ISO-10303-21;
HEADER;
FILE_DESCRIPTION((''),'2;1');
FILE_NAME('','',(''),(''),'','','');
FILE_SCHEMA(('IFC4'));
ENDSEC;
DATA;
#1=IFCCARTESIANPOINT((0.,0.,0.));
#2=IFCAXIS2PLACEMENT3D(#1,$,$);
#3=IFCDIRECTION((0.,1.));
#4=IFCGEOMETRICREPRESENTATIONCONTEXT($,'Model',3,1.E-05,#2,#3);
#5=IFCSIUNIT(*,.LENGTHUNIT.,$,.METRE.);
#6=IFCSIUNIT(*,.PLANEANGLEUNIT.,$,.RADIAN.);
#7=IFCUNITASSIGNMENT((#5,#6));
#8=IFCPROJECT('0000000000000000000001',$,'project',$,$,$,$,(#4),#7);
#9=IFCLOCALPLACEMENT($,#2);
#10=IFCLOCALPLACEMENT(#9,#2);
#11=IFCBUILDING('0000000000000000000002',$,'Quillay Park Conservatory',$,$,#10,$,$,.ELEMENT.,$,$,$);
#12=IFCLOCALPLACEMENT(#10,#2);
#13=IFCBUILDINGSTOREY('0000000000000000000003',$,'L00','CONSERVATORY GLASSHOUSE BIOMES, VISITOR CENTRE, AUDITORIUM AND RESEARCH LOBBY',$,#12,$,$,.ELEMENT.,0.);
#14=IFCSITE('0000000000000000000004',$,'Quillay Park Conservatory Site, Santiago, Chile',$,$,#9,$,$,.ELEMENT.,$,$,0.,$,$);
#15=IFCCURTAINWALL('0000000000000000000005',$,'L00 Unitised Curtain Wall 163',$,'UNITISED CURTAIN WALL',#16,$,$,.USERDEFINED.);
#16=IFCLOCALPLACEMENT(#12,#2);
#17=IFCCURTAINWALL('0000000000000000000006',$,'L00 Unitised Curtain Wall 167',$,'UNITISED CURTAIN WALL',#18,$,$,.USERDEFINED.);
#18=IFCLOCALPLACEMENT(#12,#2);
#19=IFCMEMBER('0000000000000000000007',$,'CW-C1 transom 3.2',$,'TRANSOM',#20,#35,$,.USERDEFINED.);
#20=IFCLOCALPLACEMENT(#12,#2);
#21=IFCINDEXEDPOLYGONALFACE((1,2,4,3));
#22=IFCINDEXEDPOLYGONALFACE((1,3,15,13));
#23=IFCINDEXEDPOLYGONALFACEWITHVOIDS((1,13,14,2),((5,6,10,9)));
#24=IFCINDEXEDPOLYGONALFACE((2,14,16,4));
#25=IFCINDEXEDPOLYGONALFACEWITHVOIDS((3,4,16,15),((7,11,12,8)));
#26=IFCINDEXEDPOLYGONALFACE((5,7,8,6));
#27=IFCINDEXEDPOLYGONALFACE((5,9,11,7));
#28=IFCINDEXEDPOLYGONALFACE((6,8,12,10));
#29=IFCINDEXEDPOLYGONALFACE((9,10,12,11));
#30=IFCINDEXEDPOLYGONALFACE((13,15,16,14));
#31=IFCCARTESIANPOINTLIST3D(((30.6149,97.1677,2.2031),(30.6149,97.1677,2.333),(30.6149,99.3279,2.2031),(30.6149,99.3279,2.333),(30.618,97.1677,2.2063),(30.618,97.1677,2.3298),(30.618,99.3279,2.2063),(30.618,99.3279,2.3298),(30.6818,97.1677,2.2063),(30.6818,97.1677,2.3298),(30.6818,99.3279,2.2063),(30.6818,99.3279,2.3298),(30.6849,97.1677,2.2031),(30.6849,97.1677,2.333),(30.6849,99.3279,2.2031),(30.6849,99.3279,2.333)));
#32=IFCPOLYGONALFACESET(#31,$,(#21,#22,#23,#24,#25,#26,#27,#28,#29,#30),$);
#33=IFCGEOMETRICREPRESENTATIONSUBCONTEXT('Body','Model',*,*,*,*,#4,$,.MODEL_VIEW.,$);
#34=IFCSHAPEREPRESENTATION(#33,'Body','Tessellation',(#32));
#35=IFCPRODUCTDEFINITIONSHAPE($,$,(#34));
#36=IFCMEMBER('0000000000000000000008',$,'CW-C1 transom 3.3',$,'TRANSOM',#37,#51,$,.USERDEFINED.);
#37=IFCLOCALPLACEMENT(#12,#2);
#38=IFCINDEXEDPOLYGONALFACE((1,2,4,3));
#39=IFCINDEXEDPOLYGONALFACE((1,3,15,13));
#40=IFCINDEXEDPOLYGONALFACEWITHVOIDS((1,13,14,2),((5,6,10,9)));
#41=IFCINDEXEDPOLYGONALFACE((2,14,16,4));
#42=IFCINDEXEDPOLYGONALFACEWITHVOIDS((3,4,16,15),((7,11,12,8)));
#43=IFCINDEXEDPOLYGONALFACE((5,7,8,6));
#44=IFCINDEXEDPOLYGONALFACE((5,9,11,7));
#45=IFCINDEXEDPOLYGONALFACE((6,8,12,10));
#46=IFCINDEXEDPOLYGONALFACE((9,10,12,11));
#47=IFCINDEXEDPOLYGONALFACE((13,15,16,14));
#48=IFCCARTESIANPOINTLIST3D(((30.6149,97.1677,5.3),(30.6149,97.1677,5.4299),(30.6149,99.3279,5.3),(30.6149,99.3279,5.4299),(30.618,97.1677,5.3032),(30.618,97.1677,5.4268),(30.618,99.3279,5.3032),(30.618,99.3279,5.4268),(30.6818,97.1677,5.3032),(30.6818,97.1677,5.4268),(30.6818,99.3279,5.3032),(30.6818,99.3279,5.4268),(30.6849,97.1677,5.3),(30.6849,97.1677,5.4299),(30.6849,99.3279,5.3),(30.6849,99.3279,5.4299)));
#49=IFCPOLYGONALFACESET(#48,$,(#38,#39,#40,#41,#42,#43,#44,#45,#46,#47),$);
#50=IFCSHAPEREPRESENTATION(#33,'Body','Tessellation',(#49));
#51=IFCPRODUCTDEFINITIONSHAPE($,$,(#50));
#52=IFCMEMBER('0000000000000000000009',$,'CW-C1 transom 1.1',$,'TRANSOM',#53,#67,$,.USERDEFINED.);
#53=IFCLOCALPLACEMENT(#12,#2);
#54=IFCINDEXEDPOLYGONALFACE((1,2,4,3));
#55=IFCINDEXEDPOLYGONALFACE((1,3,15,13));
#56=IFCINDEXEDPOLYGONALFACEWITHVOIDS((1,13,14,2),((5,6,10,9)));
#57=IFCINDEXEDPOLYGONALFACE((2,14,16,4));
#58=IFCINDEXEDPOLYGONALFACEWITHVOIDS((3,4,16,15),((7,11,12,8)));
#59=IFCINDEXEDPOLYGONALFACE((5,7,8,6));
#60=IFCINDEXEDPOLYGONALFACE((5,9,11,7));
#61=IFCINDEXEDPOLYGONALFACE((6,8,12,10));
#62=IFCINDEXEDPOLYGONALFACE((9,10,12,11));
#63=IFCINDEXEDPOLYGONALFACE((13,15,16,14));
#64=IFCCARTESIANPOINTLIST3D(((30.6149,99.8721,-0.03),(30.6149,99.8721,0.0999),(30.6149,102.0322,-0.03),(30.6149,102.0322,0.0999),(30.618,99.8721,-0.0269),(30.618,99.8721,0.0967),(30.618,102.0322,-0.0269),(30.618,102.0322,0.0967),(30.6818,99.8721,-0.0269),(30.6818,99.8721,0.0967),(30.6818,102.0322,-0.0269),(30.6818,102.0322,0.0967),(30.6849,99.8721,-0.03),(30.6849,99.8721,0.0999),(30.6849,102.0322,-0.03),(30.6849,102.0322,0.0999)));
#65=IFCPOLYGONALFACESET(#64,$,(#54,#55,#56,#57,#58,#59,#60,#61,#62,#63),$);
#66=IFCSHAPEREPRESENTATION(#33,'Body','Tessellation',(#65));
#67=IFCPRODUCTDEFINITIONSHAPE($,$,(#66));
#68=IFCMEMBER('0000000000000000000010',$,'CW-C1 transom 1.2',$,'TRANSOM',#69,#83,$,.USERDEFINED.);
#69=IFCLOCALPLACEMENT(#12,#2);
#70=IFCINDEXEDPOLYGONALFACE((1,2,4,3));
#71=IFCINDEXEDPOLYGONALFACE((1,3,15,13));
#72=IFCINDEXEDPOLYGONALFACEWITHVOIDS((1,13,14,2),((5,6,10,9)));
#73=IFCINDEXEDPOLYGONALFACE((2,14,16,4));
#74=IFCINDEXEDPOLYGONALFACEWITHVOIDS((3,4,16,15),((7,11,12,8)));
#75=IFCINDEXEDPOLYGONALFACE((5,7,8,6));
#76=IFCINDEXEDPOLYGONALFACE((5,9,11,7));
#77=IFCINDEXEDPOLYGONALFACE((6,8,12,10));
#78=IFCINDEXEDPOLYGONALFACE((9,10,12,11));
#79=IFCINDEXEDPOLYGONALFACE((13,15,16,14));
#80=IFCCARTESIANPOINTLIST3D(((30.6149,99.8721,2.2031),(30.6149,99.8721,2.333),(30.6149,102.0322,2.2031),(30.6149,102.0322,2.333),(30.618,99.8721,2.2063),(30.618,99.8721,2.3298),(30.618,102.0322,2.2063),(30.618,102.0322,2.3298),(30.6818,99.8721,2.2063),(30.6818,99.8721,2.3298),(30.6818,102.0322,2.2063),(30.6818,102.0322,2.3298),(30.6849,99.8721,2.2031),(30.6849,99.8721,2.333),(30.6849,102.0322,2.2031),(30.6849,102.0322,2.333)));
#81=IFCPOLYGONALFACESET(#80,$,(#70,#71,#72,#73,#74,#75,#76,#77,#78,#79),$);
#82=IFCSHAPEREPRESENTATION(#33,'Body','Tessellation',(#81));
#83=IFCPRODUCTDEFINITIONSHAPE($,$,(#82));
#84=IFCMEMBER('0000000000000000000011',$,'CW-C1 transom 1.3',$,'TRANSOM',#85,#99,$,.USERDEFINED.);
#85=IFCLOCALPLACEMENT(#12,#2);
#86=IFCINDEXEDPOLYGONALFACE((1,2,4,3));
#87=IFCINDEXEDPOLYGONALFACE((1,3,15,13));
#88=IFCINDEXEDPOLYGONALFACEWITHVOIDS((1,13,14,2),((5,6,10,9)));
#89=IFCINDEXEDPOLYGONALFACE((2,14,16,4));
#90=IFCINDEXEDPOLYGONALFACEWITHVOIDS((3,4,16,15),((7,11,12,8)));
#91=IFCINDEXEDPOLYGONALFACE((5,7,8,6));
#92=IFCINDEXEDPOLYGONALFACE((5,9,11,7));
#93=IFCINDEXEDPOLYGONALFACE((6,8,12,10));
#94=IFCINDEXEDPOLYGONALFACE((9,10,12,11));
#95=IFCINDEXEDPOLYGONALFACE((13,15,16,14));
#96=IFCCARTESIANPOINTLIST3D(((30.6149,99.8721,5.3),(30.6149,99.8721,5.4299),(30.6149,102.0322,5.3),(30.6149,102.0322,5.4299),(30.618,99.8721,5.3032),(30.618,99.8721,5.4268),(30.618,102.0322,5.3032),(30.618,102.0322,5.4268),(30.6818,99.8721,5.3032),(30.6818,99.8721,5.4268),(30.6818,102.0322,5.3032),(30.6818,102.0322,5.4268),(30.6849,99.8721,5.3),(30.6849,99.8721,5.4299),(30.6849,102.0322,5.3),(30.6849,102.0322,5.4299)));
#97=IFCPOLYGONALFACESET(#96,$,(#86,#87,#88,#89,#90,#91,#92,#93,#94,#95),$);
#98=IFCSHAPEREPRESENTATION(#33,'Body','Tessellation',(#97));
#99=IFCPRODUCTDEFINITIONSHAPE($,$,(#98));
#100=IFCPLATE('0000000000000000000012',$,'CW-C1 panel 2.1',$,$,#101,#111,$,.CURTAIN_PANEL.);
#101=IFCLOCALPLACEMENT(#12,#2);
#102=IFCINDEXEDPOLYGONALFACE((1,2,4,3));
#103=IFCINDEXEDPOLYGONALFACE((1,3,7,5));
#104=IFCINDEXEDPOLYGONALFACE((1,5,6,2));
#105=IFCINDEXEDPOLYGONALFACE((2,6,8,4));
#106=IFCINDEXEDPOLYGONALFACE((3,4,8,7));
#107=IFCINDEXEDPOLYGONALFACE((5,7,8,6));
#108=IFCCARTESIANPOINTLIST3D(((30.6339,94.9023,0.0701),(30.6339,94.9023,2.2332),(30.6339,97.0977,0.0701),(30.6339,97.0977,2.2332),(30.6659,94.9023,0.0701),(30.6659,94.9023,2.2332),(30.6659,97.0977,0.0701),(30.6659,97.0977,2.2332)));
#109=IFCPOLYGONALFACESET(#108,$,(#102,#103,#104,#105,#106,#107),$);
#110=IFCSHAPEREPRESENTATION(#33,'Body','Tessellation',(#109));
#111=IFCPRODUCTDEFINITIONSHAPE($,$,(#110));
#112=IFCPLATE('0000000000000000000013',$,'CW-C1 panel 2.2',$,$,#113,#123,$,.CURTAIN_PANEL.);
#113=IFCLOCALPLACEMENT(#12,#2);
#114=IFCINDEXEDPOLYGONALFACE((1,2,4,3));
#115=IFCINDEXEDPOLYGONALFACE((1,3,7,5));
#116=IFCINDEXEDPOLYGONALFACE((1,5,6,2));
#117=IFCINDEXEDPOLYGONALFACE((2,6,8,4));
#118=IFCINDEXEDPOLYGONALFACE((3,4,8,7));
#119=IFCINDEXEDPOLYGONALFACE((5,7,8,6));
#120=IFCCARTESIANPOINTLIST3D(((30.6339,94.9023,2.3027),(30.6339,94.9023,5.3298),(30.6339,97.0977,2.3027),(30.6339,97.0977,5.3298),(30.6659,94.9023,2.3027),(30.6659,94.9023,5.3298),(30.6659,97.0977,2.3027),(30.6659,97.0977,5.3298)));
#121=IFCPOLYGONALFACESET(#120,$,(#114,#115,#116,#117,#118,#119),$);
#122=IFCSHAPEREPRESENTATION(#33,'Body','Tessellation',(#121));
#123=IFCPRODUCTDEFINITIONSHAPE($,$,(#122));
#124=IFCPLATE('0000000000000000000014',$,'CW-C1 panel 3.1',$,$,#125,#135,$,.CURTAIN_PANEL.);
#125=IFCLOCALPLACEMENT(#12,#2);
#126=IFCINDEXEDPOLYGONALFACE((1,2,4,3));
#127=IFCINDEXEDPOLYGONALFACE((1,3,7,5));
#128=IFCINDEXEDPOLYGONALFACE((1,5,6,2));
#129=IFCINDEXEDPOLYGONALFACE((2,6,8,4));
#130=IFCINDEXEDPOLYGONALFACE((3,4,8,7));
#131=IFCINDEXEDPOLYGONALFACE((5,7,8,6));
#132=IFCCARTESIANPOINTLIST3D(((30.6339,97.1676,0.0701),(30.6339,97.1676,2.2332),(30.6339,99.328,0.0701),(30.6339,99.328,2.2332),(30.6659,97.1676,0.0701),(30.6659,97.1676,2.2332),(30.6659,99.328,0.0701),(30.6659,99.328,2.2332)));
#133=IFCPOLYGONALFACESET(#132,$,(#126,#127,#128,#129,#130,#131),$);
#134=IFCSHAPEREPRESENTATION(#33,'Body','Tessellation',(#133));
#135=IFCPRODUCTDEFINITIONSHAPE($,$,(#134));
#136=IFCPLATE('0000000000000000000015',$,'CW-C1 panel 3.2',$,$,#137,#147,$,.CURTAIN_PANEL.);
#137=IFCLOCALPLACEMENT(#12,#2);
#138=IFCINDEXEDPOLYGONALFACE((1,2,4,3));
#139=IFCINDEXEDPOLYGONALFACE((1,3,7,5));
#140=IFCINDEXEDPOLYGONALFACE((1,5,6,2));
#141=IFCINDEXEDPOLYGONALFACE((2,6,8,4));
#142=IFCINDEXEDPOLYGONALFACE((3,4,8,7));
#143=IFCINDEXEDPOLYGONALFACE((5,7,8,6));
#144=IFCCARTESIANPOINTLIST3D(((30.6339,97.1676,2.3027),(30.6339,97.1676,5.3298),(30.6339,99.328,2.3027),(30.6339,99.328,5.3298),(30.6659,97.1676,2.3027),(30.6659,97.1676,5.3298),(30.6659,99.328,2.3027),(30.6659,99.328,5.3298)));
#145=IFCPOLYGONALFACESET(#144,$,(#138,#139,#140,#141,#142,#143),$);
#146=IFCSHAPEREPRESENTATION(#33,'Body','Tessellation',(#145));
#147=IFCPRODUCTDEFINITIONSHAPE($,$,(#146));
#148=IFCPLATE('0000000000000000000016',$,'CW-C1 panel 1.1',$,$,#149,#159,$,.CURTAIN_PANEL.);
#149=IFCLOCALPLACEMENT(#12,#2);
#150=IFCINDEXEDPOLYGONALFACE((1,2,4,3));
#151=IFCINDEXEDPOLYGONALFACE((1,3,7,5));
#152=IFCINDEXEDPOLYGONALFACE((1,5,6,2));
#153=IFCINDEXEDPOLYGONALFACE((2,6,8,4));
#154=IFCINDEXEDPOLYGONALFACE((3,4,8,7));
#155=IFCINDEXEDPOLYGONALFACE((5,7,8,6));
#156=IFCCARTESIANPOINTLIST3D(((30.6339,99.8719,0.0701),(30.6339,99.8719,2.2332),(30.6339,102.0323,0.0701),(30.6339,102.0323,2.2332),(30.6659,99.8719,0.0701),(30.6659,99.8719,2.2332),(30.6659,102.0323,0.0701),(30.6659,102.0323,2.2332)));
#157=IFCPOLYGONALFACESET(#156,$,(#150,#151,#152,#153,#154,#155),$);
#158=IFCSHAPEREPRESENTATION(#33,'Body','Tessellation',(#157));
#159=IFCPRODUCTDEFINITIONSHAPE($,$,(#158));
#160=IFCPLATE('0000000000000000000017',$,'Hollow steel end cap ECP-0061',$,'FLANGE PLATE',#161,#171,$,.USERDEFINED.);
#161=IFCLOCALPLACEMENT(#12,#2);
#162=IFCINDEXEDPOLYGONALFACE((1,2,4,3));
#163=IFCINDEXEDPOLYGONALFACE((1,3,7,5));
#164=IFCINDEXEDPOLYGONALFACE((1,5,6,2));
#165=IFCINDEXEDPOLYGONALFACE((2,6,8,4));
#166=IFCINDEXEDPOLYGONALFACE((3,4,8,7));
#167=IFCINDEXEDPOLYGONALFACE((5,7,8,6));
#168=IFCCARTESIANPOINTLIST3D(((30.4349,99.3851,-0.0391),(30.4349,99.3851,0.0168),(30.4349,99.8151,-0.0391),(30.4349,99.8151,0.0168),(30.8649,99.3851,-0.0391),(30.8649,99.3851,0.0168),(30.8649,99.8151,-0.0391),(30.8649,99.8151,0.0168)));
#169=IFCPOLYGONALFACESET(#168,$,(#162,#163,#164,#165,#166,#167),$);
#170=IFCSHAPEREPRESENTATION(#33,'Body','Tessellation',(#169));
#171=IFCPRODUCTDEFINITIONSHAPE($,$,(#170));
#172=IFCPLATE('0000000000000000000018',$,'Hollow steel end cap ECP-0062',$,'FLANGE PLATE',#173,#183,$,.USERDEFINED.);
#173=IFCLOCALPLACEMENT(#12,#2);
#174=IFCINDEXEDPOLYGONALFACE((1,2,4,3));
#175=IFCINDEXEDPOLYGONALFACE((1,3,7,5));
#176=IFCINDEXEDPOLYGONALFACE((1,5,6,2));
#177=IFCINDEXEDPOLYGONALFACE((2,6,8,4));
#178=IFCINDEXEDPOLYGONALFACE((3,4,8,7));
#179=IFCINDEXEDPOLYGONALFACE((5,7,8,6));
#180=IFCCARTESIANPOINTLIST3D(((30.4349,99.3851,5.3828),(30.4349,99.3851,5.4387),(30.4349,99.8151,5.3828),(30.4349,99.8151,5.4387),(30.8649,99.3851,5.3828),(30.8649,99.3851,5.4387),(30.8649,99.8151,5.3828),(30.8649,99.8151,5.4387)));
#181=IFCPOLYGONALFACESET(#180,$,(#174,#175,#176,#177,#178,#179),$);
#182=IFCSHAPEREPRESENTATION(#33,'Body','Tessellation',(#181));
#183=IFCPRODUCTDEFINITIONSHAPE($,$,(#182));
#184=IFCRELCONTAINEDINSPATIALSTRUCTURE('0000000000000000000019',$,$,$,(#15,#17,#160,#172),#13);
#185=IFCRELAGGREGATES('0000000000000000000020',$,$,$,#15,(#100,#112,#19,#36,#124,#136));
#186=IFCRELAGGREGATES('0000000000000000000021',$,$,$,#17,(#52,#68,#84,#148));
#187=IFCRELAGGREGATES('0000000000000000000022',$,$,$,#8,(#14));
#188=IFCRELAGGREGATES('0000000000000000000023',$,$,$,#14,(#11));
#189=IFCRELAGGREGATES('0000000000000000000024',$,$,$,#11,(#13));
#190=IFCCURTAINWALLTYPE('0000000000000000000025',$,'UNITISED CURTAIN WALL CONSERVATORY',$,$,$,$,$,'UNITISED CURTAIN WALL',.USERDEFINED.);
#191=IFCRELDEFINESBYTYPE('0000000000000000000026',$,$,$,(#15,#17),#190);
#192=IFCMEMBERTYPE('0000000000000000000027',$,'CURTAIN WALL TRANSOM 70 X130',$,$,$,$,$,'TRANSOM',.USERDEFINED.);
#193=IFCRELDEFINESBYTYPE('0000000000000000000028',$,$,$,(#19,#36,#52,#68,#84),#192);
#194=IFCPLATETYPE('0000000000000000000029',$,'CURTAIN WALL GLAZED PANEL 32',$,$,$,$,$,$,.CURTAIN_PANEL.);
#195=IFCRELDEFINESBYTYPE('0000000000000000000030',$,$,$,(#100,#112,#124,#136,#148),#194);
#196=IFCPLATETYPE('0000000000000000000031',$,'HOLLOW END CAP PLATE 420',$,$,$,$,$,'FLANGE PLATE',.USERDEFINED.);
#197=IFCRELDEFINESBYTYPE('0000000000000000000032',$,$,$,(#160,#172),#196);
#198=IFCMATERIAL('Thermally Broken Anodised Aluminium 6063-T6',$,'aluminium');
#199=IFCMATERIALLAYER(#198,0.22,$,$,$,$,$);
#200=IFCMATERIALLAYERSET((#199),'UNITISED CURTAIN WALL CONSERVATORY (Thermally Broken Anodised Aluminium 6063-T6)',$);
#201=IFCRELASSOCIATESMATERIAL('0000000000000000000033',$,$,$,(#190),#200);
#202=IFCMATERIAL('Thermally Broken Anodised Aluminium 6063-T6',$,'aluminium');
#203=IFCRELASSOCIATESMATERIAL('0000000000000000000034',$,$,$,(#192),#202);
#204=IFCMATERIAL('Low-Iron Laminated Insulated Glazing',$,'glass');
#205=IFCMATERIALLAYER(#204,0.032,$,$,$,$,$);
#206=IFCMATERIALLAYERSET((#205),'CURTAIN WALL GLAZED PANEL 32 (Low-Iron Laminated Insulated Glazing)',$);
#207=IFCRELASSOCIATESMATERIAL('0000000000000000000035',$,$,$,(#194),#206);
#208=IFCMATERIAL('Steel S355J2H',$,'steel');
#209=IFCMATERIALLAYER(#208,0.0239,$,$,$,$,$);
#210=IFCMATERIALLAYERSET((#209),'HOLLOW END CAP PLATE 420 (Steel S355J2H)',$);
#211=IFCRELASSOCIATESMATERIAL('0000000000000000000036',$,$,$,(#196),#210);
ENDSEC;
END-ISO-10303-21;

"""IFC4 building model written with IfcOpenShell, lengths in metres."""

from ifc_helpers import new_model, si_unit, direction, frame, origin, origin_2d, place, context, subcontext, project, spatial, rectangle, hollow_rectangle, extrude, material, layer, layer_set, material_profile, profile_set, type_object, element, aggregate, save


model = new_model("IFC4")

# Units and contexts
model_context = context("Model", 3, precision=1e-05, world=origin(), true_north=direction((0.0, 1.0)))
body_context = subcontext(model_context, "Body", "Model", "MODEL_VIEW")
ifc_project = project(units=[si_unit("LENGTHUNIT", "METRE"), si_unit("PLANEANGLEUNIT", "RADIAN")], contexts=[model_context])

# Site, building, storey
site_placement = place(None, origin())
site = spatial("IfcSite", under=ifc_project, at=site_placement, Name="Quillay Park Conservatory Site, Santiago, Chile", CompositionType="ELEMENT", RefElevation=0.0)
building_placement = place(site_placement, origin())
building = spatial("IfcBuilding", under=site, at=building_placement, Name="Quillay Park Conservatory", CompositionType="ELEMENT")
storey_placement = place(building_placement, origin())
storey = spatial("IfcBuildingStorey", under=building, at=storey_placement, Name="L00", Description="CONSERVATORY GLASSHOUSE BIOMES, VISITOR CENTRE, AUDITORIUM AND RESEARCH LOBBY", CompositionType="ELEMENT", Elevation=0.0)

# Curtain wall
ifc_material_1 = material(Name="Thermally Broken Anodised Aluminium 6063-T6", Category="aluminium")
ifc_layer_1 = layer(ifc_material_1, 0.22)
ifc_layer_set_1 = layer_set([ifc_layer_1], Name="UNITISED CURTAIN WALL CONSERVATORY (Thermally Broken Anodised Aluminium 6063-T6)")
curtain_wall_type = type_object("IfcCurtainWallType", Name="UNITISED CURTAIN WALL CONSERVATORY", ElementType="UNITISED CURTAIN WALL", PredefinedType="USERDEFINED", material=ifc_layer_set_1)
curtain_wall_1_placement = place(storey_placement, origin())
curtain_wall_1 = element("IfcCurtainWall", 1, at=curtain_wall_1_placement, inside=storey, type_object=curtain_wall_type, Name="L00 Unitised Curtain Wall 163", ObjectType="UNITISED CURTAIN WALL", PredefinedType="USERDEFINED")

# Curtain wall
curtain_wall_2_placement = place(storey_placement, origin())
curtain_wall_2 = element("IfcCurtainWall", 2, at=curtain_wall_2_placement, inside=storey, type_object=curtain_wall_type, Name="L00 Unitised Curtain Wall 167", ObjectType="UNITISED CURTAIN WALL", PredefinedType="USERDEFINED")

# Members
ifc_material_2 = material(Name="Thermally Broken Anodised Aluminium 6063-T6", Category="aluminium")
ifc_material_profile_1 = material_profile(ifc_material_2, hollow_rectangle(XDim=0.0701, YDim=0.1299, WallThickness=0.0032, at=origin_2d()), Name="AL70x130x3.2")
ifc_profile_set_1 = profile_set([ifc_material_profile_1], Name="Thermally Broken Anodised Aluminium 6063-T6")
member_type_1 = type_object("IfcMemberType", Name="CURTAIN WALL TRANSOM 70 X130", ElementType="TRANSOM", PredefinedType="USERDEFINED", material=ifc_profile_set_1)
member_1_placement = place(storey_placement, frame((30.6499, 97.1677, 2.2681), z_axis=(0.0, 1.0, 0.0), x_axis=(-1.0, 0.0, 0.0)))
member_1 = element("IfcMember", 3, at=member_1_placement, type_object=member_type_1, Name="CW-C1 transom 3.2", ObjectType="TRANSOM", PredefinedType="USERDEFINED", context=body_context, shape_type="SweptSolid", body=[
    extrude(hollow_rectangle(XDim=0.0701, YDim=0.1299, WallThickness=0.0032, at=origin_2d()), origin(), (0.0, 0.0, 1.0), 2.1602),
])
member_2_placement = place(storey_placement, frame((30.6499, 97.1677, 5.365), z_axis=(0.0, 1.0, 0.0), x_axis=(-1.0, 0.0, 0.0)))
member_2 = element("IfcMember", 4, at=member_2_placement, type_object=member_type_1, Name="CW-C1 transom 3.3", ObjectType="TRANSOM", PredefinedType="USERDEFINED", context=body_context, shape_type="SweptSolid", body=[
    extrude(hollow_rectangle(XDim=0.0701, YDim=0.1299, WallThickness=0.0032, at=origin_2d()), origin(), (0.0, 0.0, 1.0), 2.1602),
])
member_3_placement = place(storey_placement, frame((30.6499, 99.8721, 0.0349), z_axis=(0.0, 1.0, 0.0), x_axis=(-1.0, 0.0, 0.0)))
member_3 = element("IfcMember", 5, at=member_3_placement, type_object=member_type_1, Name="CW-C1 transom 1.1", ObjectType="TRANSOM", PredefinedType="USERDEFINED", context=body_context, shape_type="SweptSolid", body=[
    extrude(hollow_rectangle(XDim=0.0701, YDim=0.1299, WallThickness=0.0032, at=origin_2d()), origin(), (0.0, 0.0, 1.0), 2.1602),
])
member_4_placement = place(storey_placement, frame((30.6499, 99.8721, 2.2681), z_axis=(0.0, 1.0, 0.0), x_axis=(-1.0, 0.0, 0.0)))
member_4 = element("IfcMember", 6, at=member_4_placement, type_object=member_type_1, Name="CW-C1 transom 1.2", ObjectType="TRANSOM", PredefinedType="USERDEFINED", context=body_context, shape_type="SweptSolid", body=[
    extrude(hollow_rectangle(XDim=0.0701, YDim=0.1299, WallThickness=0.0032, at=origin_2d()), origin(), (0.0, 0.0, 1.0), 2.1602),
])
member_5_placement = place(storey_placement, frame((30.6499, 99.8721, 5.365), z_axis=(0.0, 1.0, 0.0), x_axis=(-1.0, 0.0, 0.0)))
member_5 = element("IfcMember", 7, at=member_5_placement, type_object=member_type_1, Name="CW-C1 transom 1.3", ObjectType="TRANSOM", PredefinedType="USERDEFINED", context=body_context, shape_type="SweptSolid", body=[
    extrude(hollow_rectangle(XDim=0.0701, YDim=0.1299, WallThickness=0.0032, at=origin_2d()), origin(), (0.0, 0.0, 1.0), 2.1602),
])

# Plates
ifc_material_3 = material(Name="Low-Iron Laminated Insulated Glazing", Category="glass")
ifc_layer_2 = layer(ifc_material_3, 0.032)
ifc_layer_set_2 = layer_set([ifc_layer_2], Name="CURTAIN WALL GLAZED PANEL 32 (Low-Iron Laminated Insulated Glazing)")
plate_type_1 = type_object("IfcPlateType", Name="CURTAIN WALL GLAZED PANEL 32", PredefinedType="CURTAIN_PANEL", material=ifc_layer_set_2)
plate_1_placement = place(storey_placement, frame((30.6499, 96.0, 0.0701), z_axis=(0.0, 0.0, 1.0), x_axis=(0.0, 1.0, 0.0)))
plate_1 = element("IfcPlate", 8, at=plate_1_placement, type_object=plate_type_1, Name="CW-C1 panel 2.1", PredefinedType="CURTAIN_PANEL", context=body_context, shape_type="SweptSolid", body=[
    extrude(rectangle(XDim=2.1953, YDim=0.032, at=origin_2d()), origin(), (0.0, 0.0, 1.0), 2.1631),
])
plate_2_placement = place(storey_placement, frame((30.6499, 96.0, 2.3027), z_axis=(0.0, 0.0, 1.0), x_axis=(0.0, 1.0, 0.0)))
plate_2 = element("IfcPlate", 9, at=plate_2_placement, type_object=plate_type_1, Name="CW-C1 panel 2.2", PredefinedType="CURTAIN_PANEL", context=body_context, shape_type="SweptSolid", body=[
    extrude(rectangle(XDim=2.1953, YDim=0.032, at=origin_2d()), origin(), (0.0, 0.0, 1.0), 3.0271),
])
plate_3_placement = place(storey_placement, frame((30.6499, 98.2478, 0.0701), z_axis=(0.0, 0.0, 1.0), x_axis=(0.0, 1.0, 0.0)))
plate_3 = element("IfcPlate", 10, at=plate_3_placement, type_object=plate_type_1, Name="CW-C1 panel 3.1", PredefinedType="CURTAIN_PANEL", context=body_context, shape_type="SweptSolid", body=[
    extrude(rectangle(XDim=2.1604, YDim=0.032, at=origin_2d()), origin(), (0.0, 0.0, 1.0), 2.1631),
])
plate_4_placement = place(storey_placement, frame((30.6499, 98.2478, 2.3027), z_axis=(0.0, 0.0, 1.0), x_axis=(0.0, 1.0, 0.0)))
plate_4 = element("IfcPlate", 11, at=plate_4_placement, type_object=plate_type_1, Name="CW-C1 panel 3.2", PredefinedType="CURTAIN_PANEL", context=body_context, shape_type="SweptSolid", body=[
    extrude(rectangle(XDim=2.1604, YDim=0.032, at=origin_2d()), origin(), (0.0, 0.0, 1.0), 3.0271),
])
aggregate(curtain_wall_1, [plate_1, plate_2, member_1, member_2, plate_3, plate_4])
plate_5_placement = place(storey_placement, frame((30.6499, 100.9521, 0.0701), z_axis=(0.0, 0.0, 1.0), x_axis=(0.0, 1.0, 0.0)))
plate_5 = element("IfcPlate", 12, at=plate_5_placement, type_object=plate_type_1, Name="CW-C1 panel 1.1", PredefinedType="CURTAIN_PANEL", context=body_context, shape_type="SweptSolid", body=[
    extrude(rectangle(XDim=2.1604, YDim=0.032, at=origin_2d()), origin(), (0.0, 0.0, 1.0), 2.1631),
])
aggregate(curtain_wall_2, [member_3, member_4, member_5, plate_5])

# Plates
ifc_material_4 = material(Name="Steel S355J2H", Category="steel")
ifc_layer_3 = layer(ifc_material_4, 0.0239)
ifc_layer_set_3 = layer_set([ifc_layer_3], Name="HOLLOW END CAP PLATE 420 (Steel S355J2H)")
plate_type_2 = type_object("IfcPlateType", Name="HOLLOW END CAP PLATE 420", ElementType="FLANGE PLATE", PredefinedType="USERDEFINED", material=ifc_layer_set_3)
for number, where, z_axis, x_axis, name in (
    (13, (30.6499, 99.6001, -0.0391), (0.0, 0.0, 1.0), (1.0, 0.0, 0.0), "Hollow steel end cap ECP-0061"),
    (14, (30.6499, 99.6001, 5.3828), (0.0, 0.0, 1.0), (1.0, 0.0, 0.0), "Hollow steel end cap ECP-0062"),
):
    element("IfcPlate", number, at=place(storey_placement, frame(where, z_axis=z_axis, x_axis=x_axis)), inside=storey, type_object=plate_type_2, Name=name, ObjectType="FLANGE PLATE", PredefinedType="USERDEFINED", context=body_context, shape_type="SweptSolid", body=[
        extrude(rectangle(XDim=0.4299, YDim=0.4299, at=origin_2d()), origin(), (0.0, 0.0, 1.0), 0.0559),
    ])

save(model, "model.ifc")
